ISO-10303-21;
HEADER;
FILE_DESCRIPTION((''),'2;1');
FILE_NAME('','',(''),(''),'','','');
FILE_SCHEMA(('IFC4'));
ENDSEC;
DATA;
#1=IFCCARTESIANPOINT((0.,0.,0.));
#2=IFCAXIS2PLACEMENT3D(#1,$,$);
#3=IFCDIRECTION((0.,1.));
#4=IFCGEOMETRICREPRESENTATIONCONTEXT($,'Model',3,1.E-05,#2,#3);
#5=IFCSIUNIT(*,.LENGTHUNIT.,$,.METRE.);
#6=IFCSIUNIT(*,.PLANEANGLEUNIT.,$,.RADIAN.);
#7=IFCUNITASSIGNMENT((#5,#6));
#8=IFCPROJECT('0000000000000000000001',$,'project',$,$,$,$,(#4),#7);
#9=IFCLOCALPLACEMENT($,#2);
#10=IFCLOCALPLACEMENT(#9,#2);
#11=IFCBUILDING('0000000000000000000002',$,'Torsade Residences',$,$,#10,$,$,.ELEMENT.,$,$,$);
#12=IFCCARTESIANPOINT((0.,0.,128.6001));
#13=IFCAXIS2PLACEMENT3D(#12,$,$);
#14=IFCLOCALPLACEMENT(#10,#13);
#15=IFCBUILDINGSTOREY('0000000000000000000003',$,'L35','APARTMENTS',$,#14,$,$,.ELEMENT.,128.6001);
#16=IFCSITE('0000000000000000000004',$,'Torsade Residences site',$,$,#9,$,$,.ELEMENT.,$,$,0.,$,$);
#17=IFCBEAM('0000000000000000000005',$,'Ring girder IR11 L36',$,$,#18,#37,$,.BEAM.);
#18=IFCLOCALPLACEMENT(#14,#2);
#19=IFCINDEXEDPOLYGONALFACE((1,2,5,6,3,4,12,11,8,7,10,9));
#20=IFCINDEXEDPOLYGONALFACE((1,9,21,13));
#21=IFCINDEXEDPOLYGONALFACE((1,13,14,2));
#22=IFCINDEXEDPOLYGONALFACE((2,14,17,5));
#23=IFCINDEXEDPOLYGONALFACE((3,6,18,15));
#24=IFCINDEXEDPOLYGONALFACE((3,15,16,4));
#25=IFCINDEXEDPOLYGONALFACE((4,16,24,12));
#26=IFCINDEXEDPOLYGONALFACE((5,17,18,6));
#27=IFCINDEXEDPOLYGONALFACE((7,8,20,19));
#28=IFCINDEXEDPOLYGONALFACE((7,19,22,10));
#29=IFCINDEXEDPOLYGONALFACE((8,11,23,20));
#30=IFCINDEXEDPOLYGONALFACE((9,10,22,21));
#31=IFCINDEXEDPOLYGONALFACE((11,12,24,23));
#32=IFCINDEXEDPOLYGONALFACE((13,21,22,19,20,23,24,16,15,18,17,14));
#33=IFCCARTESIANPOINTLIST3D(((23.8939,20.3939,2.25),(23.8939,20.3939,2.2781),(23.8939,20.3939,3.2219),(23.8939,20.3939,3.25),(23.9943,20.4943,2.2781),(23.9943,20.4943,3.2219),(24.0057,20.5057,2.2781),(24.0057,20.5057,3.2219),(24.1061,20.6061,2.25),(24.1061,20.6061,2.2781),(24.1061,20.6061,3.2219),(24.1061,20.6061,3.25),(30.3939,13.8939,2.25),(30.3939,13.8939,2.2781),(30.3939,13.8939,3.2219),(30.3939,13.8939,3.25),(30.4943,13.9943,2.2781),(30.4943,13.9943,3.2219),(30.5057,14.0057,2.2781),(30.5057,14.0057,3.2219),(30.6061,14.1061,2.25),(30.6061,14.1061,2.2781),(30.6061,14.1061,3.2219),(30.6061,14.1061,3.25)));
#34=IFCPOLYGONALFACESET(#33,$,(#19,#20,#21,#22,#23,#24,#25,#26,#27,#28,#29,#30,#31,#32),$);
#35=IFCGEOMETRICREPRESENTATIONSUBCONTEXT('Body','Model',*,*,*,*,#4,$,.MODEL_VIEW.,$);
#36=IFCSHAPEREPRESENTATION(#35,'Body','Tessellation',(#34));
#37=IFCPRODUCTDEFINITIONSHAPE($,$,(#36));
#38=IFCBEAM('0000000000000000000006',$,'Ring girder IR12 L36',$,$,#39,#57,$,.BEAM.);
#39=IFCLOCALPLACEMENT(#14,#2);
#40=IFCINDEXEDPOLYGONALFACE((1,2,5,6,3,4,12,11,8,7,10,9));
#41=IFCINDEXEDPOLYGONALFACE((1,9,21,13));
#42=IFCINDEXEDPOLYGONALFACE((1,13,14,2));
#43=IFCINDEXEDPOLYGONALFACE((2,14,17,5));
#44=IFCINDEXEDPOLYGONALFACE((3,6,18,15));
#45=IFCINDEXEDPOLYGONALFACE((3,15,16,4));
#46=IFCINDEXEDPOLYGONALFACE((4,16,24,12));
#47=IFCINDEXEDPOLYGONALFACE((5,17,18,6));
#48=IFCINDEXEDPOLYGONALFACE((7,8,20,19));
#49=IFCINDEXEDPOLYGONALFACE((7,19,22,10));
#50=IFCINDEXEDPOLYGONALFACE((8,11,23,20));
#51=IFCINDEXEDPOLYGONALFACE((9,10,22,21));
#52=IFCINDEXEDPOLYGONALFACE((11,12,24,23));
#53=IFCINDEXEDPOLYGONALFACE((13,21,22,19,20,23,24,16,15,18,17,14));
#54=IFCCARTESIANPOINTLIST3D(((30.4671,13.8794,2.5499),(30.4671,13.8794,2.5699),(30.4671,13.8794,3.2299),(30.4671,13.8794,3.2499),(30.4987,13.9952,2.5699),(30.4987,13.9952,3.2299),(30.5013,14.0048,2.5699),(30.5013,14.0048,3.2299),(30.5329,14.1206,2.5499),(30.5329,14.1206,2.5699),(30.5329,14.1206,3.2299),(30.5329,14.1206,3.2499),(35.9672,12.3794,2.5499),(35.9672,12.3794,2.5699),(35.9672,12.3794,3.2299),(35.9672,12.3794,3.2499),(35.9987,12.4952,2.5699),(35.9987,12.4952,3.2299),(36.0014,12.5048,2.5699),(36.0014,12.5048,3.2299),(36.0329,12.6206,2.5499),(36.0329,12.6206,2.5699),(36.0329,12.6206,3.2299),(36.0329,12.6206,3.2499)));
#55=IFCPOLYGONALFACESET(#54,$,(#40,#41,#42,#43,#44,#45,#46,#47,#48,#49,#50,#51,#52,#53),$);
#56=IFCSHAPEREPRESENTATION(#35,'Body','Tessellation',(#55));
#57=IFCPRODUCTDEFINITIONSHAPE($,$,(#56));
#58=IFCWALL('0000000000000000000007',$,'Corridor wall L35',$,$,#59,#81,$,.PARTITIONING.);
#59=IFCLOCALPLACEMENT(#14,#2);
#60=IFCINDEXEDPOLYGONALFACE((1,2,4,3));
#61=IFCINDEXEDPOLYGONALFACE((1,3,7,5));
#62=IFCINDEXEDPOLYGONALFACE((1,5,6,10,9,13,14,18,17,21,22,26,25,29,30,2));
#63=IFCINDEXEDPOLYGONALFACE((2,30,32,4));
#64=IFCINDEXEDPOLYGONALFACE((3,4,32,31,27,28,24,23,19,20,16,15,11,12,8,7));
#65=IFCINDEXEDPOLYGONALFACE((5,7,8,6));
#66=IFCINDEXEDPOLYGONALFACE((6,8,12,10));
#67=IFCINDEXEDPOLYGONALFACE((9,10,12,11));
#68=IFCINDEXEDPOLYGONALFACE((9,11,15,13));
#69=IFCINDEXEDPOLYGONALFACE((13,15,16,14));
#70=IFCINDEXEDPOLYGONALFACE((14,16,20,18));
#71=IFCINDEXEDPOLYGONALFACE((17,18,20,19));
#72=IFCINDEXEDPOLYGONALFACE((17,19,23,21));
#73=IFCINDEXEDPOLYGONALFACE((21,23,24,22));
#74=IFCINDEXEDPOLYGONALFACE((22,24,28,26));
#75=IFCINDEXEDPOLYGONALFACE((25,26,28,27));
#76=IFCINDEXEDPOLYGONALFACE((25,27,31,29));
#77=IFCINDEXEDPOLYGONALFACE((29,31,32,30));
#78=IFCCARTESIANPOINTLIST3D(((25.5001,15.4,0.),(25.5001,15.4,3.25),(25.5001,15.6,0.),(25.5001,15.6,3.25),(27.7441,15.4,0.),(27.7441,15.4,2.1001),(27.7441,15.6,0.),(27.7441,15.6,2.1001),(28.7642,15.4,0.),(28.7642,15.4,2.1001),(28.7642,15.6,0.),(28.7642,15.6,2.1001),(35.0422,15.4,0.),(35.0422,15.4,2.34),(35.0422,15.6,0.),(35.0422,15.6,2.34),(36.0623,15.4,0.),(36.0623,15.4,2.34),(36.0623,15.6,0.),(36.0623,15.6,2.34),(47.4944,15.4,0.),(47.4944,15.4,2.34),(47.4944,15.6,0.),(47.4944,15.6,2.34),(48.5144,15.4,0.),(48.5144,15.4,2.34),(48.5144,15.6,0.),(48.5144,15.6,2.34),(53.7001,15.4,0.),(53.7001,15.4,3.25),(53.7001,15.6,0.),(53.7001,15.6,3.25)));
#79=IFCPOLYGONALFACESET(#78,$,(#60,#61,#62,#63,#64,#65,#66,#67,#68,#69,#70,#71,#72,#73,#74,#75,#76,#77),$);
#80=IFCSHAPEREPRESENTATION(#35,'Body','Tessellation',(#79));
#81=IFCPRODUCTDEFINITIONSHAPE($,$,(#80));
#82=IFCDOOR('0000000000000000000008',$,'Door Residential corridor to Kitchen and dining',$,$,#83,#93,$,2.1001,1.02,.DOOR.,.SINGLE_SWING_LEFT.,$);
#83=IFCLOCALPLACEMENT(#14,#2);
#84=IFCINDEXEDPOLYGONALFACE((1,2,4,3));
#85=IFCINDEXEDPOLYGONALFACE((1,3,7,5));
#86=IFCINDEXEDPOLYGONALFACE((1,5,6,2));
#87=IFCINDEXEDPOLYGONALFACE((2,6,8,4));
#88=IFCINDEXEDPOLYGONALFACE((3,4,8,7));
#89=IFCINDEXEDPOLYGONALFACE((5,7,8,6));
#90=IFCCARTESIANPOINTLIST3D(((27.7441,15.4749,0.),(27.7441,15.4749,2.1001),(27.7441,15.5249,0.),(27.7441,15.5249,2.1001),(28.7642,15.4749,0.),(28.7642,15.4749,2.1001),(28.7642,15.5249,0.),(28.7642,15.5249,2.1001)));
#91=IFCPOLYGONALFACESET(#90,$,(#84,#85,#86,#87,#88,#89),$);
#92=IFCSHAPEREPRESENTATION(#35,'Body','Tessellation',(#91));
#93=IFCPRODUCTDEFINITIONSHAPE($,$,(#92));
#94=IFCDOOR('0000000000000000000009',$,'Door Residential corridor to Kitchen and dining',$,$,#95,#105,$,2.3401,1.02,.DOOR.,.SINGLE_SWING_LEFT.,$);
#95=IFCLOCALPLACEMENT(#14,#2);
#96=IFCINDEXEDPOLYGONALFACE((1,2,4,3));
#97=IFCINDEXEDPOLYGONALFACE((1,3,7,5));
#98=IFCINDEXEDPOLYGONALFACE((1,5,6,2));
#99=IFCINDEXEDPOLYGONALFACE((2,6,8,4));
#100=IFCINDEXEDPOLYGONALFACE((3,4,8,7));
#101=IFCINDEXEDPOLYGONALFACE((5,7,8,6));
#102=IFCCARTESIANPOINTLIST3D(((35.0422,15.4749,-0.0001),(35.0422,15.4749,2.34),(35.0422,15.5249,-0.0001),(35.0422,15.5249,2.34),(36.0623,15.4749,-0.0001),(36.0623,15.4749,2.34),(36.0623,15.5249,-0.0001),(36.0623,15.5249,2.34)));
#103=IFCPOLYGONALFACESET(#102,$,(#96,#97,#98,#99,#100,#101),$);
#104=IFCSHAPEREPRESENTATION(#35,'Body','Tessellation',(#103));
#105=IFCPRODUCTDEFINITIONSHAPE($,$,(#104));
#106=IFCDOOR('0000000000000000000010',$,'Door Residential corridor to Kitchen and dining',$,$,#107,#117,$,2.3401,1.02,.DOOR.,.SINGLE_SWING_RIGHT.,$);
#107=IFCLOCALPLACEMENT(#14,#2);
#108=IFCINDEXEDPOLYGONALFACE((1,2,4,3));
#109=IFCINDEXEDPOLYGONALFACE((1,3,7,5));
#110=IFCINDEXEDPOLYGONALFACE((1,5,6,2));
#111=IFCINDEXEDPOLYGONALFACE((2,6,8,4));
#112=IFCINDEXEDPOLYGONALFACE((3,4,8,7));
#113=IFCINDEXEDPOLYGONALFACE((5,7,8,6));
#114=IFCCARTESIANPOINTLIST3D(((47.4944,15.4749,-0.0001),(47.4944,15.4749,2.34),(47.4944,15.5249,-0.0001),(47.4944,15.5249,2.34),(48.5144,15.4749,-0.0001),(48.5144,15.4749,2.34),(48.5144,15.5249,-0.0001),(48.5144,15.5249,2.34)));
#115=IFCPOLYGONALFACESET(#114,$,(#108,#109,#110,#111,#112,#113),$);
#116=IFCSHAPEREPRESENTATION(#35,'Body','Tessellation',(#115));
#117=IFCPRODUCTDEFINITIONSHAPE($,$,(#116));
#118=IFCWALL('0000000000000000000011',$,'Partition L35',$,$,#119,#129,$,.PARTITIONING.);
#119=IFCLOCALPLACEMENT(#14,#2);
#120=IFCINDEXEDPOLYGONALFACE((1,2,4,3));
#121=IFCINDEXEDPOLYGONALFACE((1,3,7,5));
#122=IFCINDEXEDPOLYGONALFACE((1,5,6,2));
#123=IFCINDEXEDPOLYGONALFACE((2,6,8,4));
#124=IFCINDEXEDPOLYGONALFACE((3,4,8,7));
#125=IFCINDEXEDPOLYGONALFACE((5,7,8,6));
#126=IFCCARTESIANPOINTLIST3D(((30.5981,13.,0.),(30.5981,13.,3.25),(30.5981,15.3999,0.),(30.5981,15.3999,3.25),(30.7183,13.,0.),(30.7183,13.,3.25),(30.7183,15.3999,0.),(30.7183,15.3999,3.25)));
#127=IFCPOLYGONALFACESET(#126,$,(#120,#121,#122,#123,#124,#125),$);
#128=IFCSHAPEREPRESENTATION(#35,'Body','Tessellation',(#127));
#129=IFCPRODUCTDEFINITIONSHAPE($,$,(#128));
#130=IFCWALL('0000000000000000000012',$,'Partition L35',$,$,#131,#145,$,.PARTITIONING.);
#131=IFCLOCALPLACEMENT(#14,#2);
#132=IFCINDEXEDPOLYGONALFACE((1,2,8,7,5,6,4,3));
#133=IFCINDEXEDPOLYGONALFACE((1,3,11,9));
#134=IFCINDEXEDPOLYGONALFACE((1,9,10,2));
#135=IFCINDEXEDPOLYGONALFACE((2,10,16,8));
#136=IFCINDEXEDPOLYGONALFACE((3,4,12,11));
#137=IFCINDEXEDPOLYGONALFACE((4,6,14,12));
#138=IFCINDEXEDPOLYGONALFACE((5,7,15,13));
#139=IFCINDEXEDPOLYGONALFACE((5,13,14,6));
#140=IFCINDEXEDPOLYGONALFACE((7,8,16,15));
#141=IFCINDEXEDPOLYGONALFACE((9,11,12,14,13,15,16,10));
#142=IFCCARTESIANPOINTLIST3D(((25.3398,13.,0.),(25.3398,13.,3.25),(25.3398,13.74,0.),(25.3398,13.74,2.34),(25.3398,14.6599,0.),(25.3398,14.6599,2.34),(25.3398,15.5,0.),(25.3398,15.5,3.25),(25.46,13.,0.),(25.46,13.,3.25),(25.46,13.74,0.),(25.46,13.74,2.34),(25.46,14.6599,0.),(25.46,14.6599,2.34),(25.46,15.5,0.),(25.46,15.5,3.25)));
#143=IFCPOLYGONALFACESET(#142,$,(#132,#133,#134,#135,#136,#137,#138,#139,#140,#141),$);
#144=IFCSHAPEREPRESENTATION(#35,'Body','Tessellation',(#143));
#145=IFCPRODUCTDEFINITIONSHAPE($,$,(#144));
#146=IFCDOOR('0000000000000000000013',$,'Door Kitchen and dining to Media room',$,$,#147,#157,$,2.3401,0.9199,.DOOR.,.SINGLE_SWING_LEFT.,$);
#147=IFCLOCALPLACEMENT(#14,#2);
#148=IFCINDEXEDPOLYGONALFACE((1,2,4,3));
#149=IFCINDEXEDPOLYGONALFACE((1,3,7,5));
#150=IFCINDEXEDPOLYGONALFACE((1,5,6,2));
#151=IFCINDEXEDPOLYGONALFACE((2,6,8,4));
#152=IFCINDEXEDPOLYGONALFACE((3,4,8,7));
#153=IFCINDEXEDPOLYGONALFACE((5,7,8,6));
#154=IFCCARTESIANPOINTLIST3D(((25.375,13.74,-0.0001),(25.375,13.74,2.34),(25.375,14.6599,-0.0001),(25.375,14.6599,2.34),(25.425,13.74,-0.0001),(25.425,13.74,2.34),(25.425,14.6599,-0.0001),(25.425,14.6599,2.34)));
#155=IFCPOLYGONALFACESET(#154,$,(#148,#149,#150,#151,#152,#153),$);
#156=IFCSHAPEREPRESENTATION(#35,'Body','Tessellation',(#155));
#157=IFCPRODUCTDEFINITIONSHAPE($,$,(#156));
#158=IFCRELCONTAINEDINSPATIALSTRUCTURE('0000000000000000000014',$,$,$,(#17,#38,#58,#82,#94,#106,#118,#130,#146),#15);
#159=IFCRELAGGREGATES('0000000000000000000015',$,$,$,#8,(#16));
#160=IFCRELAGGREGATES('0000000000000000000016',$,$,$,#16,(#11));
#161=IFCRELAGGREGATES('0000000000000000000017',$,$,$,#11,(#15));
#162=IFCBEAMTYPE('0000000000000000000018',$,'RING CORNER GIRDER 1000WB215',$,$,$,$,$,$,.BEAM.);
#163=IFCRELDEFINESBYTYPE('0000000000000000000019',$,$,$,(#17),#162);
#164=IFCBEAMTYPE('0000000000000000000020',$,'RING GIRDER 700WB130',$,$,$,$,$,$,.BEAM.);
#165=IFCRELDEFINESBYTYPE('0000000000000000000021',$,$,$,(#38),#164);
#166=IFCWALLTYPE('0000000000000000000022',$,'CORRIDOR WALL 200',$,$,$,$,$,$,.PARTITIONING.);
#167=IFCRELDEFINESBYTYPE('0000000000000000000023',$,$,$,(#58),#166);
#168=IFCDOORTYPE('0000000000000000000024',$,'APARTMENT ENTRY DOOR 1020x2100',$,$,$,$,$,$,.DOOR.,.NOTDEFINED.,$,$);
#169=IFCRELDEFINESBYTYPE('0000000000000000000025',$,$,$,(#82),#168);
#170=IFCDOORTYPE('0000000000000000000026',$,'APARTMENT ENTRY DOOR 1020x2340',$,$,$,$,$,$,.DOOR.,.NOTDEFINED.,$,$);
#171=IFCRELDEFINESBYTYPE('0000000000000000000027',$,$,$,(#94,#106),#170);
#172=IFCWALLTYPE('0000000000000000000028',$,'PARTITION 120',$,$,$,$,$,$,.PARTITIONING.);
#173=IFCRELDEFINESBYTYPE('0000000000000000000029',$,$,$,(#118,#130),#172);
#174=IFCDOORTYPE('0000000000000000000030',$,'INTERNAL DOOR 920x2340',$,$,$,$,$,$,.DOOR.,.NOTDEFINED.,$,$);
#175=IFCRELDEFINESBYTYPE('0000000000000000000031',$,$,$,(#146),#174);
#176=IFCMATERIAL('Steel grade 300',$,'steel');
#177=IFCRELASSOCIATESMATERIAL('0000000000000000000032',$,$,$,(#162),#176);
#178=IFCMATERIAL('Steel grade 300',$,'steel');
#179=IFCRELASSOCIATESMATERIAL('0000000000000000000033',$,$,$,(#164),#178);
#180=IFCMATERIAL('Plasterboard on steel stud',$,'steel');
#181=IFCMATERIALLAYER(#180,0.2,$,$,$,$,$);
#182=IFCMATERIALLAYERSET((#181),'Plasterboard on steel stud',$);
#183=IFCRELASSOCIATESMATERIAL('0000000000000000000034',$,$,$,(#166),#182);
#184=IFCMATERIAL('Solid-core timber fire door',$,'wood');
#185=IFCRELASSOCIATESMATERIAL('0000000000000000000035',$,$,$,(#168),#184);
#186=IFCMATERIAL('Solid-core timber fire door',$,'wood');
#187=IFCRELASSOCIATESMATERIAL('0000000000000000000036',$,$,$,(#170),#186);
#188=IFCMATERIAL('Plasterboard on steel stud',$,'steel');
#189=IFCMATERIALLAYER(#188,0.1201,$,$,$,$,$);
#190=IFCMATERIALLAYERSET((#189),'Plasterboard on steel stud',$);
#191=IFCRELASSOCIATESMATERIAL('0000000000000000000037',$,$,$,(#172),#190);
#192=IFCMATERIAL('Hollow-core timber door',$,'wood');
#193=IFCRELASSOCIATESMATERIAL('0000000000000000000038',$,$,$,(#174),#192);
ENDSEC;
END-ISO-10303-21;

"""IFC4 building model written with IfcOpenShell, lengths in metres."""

from ifc_helpers import new_model, si_unit, direction, frame, frame_2d, origin, origin_2d, place, context, subcontext, project, spatial, rectangle, i_section, extrude, material, layer, layer_set, material_profile, profile_set, type_object, element, fill, save


model = new_model("IFC4")

# Units and contexts
model_context = context("Model", 3, precision=1e-05, world=origin(), true_north=direction((0.0, 1.0)))
body_context = subcontext(model_context, "Body", "Model", "MODEL_VIEW")
ifc_project = project(units=[si_unit("LENGTHUNIT", "METRE"), si_unit("PLANEANGLEUNIT", "RADIAN")], contexts=[model_context])

# Site, building, storey
site_placement = place(None, origin())
site = spatial("IfcSite", under=ifc_project, at=site_placement, Name="Torsade Residences site", CompositionType="ELEMENT", RefElevation=0.0)
building_placement = place(site_placement, origin())
building = spatial("IfcBuilding", under=site, at=building_placement, Name="Torsade Residences", CompositionType="ELEMENT")
storey_placement = place(building_placement, frame((0.0, 0.0, 128.6001)))
storey = spatial("IfcBuildingStorey", under=building, at=storey_placement, Name="L35", Description="APARTMENTS", CompositionType="ELEMENT", Elevation=128.6001)

# Beams
ifc_material_1 = material(Name="Steel grade 300", Category="steel")
ifc_material_profile_1 = material_profile(ifc_material_1, i_section(OverallWidth=0.3, OverallDepth=1.0, WebThickness=0.0161, FlangeThickness=0.0281, at=origin_2d()), Name="1000WB215")
ifc_profile_set_1 = profile_set([ifc_material_profile_1], Name="Steel grade 300")
beam_type_1 = type_object("IfcBeamType", Name="RING CORNER GIRDER 1000WB215", PredefinedType="BEAM", material=ifc_profile_set_1)
beam_1_placement = place(storey_placement, frame((24.0, 20.5, 2.75), z_axis=(0.707107, -0.707107, 0.0), x_axis=(0.707107, 0.707107, 0.0)))
element("IfcBeam", 1, at=beam_1_placement, inside=storey, type_object=beam_type_1, Name="Ring girder IR11 L36", PredefinedType="BEAM", context=body_context, shape_type="SweptSolid", body=[
    extrude(i_section(OverallWidth=0.3, OverallDepth=1.0, WebThickness=0.0161, FlangeThickness=0.0281, at=origin_2d()), origin(), (0.0, 0.0, 1.0), 9.1924),
])
ifc_material_2 = material(Name="Steel grade 300", Category="steel")
ifc_material_profile_2 = material_profile(ifc_material_2, i_section(OverallWidth=0.25, OverallDepth=0.7, WebThickness=0.01, FlangeThickness=0.02, at=origin_2d()), Name="700WB130")
ifc_profile_set_2 = profile_set([ifc_material_profile_2], Name="Steel grade 300")
beam_type_2 = type_object("IfcBeamType", Name="RING GIRDER 700WB130", PredefinedType="BEAM", material=ifc_profile_set_2)
beam_2_placement = place(storey_placement, frame((30.5, 14.0, 2.8999), z_axis=(0.964764, -0.263117, 0.0), x_axis=(0.263117, 0.964764, 0.0)))
element("IfcBeam", 2, at=beam_2_placement, inside=storey, type_object=beam_type_2, Name="Ring girder IR12 L36", PredefinedType="BEAM", context=body_context, shape_type="SweptSolid", body=[
    extrude(i_section(OverallWidth=0.25, OverallDepth=0.7, WebThickness=0.01, FlangeThickness=0.02, at=origin_2d()), origin(), (0.0, 0.0, 1.0), 5.7009),
])

# Wall, openings, doors
ifc_material_3 = material(Name="Plasterboard on steel stud", Category="steel")
ifc_layer_1 = layer(ifc_material_3, 0.2)
ifc_layer_set_1 = layer_set([ifc_layer_1], Name="Plasterboard on steel stud")
wall_type_1 = type_object("IfcWallType", Name="CORRIDOR WALL 200", PredefinedType="PARTITIONING", material=ifc_layer_set_1)
wall_1_placement = place(storey_placement, frame((25.5, 15.5, 0.0), z_axis=(0.0, 0.0, 1.0), x_axis=(1.0, 0.0, 0.0)))
wall_1 = element("IfcWall", 3, at=wall_1_placement, inside=storey, type_object=wall_type_1, Name="Corridor wall L35", PredefinedType="PARTITIONING", context=body_context, shape_type="SweptSolid", body=[
    extrude(rectangle(XDim=28.2, YDim=0.2, at=frame_2d((14.1001, 0.0))), origin(), (0.0, 0.0, 1.0), 3.25),
])
opening_1_placement = place(wall_1_placement, frame((2.2441, 0.0, 0.0)))
opening_1 = element("IfcOpeningElement", 4, at=opening_1_placement, cuts=wall_1, PredefinedType="OPENING", context=body_context, shape_type="SweptSolid", body=[
    extrude(rectangle(XDim=1.02, YDim=2.1001, at=frame_2d((0.51, 1.05))), frame((0.0, 0.1099, 0.0), z_axis=(0.0, -1.0, 0.0), x_axis=(1.0, 0.0, 0.0)), (0.0, 0.0, 1.0), 0.22),
])
opening_2_placement = place(wall_1_placement, frame((9.5422, 0.0, 0.0)))
opening_2 = element("IfcOpeningElement", 5, at=opening_2_placement, cuts=wall_1, PredefinedType="OPENING", context=body_context, shape_type="SweptSolid", body=[
    extrude(rectangle(XDim=1.02, YDim=2.3401, at=frame_2d((0.51, 1.1699))), frame((0.0, 0.1099, 0.0), z_axis=(0.0, -1.0, 0.0), x_axis=(1.0, 0.0, 0.0)), (0.0, 0.0, 1.0), 0.22),
])
opening_3_placement = place(wall_1_placement, frame((21.9944, 0.0, 0.0)))
opening_3 = element("IfcOpeningElement", 6, at=opening_3_placement, cuts=wall_1, PredefinedType="OPENING", context=body_context, shape_type="SweptSolid", body=[
    extrude(rectangle(XDim=1.02, YDim=2.3401, at=frame_2d((0.51, 1.1699))), frame((0.0, 0.1099, 0.0), z_axis=(0.0, -1.0, 0.0), x_axis=(1.0, 0.0, 0.0)), (0.0, 0.0, 1.0), 0.22),
])
ifc_material_4 = material(Name="Solid-core timber fire door", Category="wood")
door_type_1 = type_object("IfcDoorType", Name="APARTMENT ENTRY DOOR 1020x2100", OperationType="NOTDEFINED", PredefinedType="DOOR", material=ifc_material_4)
door_1_placement = place(opening_1_placement, origin())
door_1 = element("IfcDoor", 7, at=door_1_placement, inside=storey, type_object=door_type_1, Name="Door Residential corridor to Kitchen and dining", OperationType="SINGLE_SWING_LEFT", OverallHeight=2.1001, OverallWidth=1.02, PredefinedType="DOOR", context=body_context, shape_type="SweptSolid", body=[
    extrude(rectangle(XDim=1.02, YDim=2.1001, at=frame_2d((0.51, 1.05))), frame((0.0, 0.0249, 0.0), z_axis=(0.0, -1.0, 0.0), x_axis=(1.0, 0.0, 0.0)), (0.0, 0.0, 1.0), 0.05),
])
fill(opening_1, door_1)
ifc_material_5 = material(Name="Solid-core timber fire door", Category="wood")
door_type_2 = type_object("IfcDoorType", Name="APARTMENT ENTRY DOOR 1020x2340", OperationType="NOTDEFINED", PredefinedType="DOOR", material=ifc_material_5)
door_2_placement = place(opening_2_placement, origin())
door_2 = element("IfcDoor", 8, at=door_2_placement, inside=storey, type_object=door_type_2, Name="Door Residential corridor to Kitchen and dining", OperationType="SINGLE_SWING_LEFT", OverallHeight=2.3401, OverallWidth=1.02, PredefinedType="DOOR", context=body_context, shape_type="SweptSolid", body=[
    extrude(rectangle(XDim=1.02, YDim=2.3401, at=frame_2d((0.51, 1.1699))), frame((0.0, 0.0249, 0.0), z_axis=(0.0, -1.0, 0.0), x_axis=(1.0, 0.0, 0.0)), (0.0, 0.0, 1.0), 0.05),
])
fill(opening_2, door_2)
door_3_placement = place(opening_3_placement, origin())
door_3 = element("IfcDoor", 9, at=door_3_placement, inside=storey, type_object=door_type_2, Name="Door Residential corridor to Kitchen and dining", OperationType="SINGLE_SWING_RIGHT", OverallHeight=2.3401, OverallWidth=1.02, PredefinedType="DOOR", context=body_context, shape_type="SweptSolid", body=[
    extrude(rectangle(XDim=1.02, YDim=2.3401, at=frame_2d((0.51, 1.1699))), frame((0.0, 0.0249, 0.0), z_axis=(0.0, -1.0, 0.0), x_axis=(1.0, 0.0, 0.0)), (0.0, 0.0, 1.0), 0.05),
])
fill(opening_3, door_3)

# Wall
ifc_material_6 = material(Name="Plasterboard on steel stud", Category="steel")
ifc_layer_2 = layer(ifc_material_6, 0.1201)
ifc_layer_set_2 = layer_set([ifc_layer_2], Name="Plasterboard on steel stud")
wall_type_2 = type_object("IfcWallType", Name="PARTITION 120", PredefinedType="PARTITIONING", material=ifc_layer_set_2)
wall_2_placement = place(storey_placement, frame((30.6582, 15.3999, 0.0), z_axis=(0.0, 0.0, 1.0), x_axis=(0.0, -1.0, 0.0)))
element("IfcWall", 10, at=wall_2_placement, inside=storey, type_object=wall_type_2, Name="Partition L35", PredefinedType="PARTITIONING", context=body_context, shape_type="SweptSolid", body=[
    extrude(rectangle(XDim=2.3999, YDim=0.1201, at=frame_2d((1.2, 0.0))), origin(), (0.0, 0.0, 1.0), 3.25),
])

# Wall, opening, door
wall_3_placement = place(storey_placement, frame((25.3999, 13.0, 0.0), z_axis=(0.0, 0.0, 1.0), x_axis=(0.0, 1.0, 0.0)))
wall_3 = element("IfcWall", 11, at=wall_3_placement, inside=storey, type_object=wall_type_2, Name="Partition L35", PredefinedType="PARTITIONING", context=body_context, shape_type="SweptSolid", body=[
    extrude(rectangle(XDim=2.5, YDim=0.1201, at=frame_2d((1.25, 0.0))), origin(), (0.0, 0.0, 1.0), 3.25),
])
opening_4_placement = place(wall_3_placement, frame((0.74, 0.0, 0.0)))
opening_4 = element("IfcOpeningElement", 12, at=opening_4_placement, cuts=wall_3, PredefinedType="OPENING", context=body_context, shape_type="SweptSolid", body=[
    extrude(rectangle(XDim=0.9199, YDim=2.3401, at=frame_2d((0.46, 1.1699))), frame((0.0, 0.0701, 0.0), z_axis=(0.0, -1.0, 0.0), x_axis=(1.0, 0.0, 0.0)), (0.0, 0.0, 1.0), 0.1401),
])
ifc_material_7 = material(Name="Hollow-core timber door", Category="wood")
door_type_3 = type_object("IfcDoorType", Name="INTERNAL DOOR 920x2340", OperationType="NOTDEFINED", PredefinedType="DOOR", material=ifc_material_7)
door_4_placement = place(opening_4_placement, origin())
door_4 = element("IfcDoor", 13, at=door_4_placement, inside=storey, type_object=door_type_3, Name="Door Kitchen and dining to Media room", OperationType="SINGLE_SWING_LEFT", OverallHeight=2.3401, OverallWidth=0.9199, PredefinedType="DOOR", context=body_context, shape_type="SweptSolid", body=[
    extrude(rectangle(XDim=0.9199, YDim=2.3401, at=frame_2d((0.46, 1.1699))), frame((0.0, 0.0249, 0.0), z_axis=(0.0, -1.0, 0.0), x_axis=(1.0, 0.0, 0.0)), (0.0, 0.0, 1.0), 0.05),
])
fill(opening_4, door_4)

save(model, "model.ifc")
